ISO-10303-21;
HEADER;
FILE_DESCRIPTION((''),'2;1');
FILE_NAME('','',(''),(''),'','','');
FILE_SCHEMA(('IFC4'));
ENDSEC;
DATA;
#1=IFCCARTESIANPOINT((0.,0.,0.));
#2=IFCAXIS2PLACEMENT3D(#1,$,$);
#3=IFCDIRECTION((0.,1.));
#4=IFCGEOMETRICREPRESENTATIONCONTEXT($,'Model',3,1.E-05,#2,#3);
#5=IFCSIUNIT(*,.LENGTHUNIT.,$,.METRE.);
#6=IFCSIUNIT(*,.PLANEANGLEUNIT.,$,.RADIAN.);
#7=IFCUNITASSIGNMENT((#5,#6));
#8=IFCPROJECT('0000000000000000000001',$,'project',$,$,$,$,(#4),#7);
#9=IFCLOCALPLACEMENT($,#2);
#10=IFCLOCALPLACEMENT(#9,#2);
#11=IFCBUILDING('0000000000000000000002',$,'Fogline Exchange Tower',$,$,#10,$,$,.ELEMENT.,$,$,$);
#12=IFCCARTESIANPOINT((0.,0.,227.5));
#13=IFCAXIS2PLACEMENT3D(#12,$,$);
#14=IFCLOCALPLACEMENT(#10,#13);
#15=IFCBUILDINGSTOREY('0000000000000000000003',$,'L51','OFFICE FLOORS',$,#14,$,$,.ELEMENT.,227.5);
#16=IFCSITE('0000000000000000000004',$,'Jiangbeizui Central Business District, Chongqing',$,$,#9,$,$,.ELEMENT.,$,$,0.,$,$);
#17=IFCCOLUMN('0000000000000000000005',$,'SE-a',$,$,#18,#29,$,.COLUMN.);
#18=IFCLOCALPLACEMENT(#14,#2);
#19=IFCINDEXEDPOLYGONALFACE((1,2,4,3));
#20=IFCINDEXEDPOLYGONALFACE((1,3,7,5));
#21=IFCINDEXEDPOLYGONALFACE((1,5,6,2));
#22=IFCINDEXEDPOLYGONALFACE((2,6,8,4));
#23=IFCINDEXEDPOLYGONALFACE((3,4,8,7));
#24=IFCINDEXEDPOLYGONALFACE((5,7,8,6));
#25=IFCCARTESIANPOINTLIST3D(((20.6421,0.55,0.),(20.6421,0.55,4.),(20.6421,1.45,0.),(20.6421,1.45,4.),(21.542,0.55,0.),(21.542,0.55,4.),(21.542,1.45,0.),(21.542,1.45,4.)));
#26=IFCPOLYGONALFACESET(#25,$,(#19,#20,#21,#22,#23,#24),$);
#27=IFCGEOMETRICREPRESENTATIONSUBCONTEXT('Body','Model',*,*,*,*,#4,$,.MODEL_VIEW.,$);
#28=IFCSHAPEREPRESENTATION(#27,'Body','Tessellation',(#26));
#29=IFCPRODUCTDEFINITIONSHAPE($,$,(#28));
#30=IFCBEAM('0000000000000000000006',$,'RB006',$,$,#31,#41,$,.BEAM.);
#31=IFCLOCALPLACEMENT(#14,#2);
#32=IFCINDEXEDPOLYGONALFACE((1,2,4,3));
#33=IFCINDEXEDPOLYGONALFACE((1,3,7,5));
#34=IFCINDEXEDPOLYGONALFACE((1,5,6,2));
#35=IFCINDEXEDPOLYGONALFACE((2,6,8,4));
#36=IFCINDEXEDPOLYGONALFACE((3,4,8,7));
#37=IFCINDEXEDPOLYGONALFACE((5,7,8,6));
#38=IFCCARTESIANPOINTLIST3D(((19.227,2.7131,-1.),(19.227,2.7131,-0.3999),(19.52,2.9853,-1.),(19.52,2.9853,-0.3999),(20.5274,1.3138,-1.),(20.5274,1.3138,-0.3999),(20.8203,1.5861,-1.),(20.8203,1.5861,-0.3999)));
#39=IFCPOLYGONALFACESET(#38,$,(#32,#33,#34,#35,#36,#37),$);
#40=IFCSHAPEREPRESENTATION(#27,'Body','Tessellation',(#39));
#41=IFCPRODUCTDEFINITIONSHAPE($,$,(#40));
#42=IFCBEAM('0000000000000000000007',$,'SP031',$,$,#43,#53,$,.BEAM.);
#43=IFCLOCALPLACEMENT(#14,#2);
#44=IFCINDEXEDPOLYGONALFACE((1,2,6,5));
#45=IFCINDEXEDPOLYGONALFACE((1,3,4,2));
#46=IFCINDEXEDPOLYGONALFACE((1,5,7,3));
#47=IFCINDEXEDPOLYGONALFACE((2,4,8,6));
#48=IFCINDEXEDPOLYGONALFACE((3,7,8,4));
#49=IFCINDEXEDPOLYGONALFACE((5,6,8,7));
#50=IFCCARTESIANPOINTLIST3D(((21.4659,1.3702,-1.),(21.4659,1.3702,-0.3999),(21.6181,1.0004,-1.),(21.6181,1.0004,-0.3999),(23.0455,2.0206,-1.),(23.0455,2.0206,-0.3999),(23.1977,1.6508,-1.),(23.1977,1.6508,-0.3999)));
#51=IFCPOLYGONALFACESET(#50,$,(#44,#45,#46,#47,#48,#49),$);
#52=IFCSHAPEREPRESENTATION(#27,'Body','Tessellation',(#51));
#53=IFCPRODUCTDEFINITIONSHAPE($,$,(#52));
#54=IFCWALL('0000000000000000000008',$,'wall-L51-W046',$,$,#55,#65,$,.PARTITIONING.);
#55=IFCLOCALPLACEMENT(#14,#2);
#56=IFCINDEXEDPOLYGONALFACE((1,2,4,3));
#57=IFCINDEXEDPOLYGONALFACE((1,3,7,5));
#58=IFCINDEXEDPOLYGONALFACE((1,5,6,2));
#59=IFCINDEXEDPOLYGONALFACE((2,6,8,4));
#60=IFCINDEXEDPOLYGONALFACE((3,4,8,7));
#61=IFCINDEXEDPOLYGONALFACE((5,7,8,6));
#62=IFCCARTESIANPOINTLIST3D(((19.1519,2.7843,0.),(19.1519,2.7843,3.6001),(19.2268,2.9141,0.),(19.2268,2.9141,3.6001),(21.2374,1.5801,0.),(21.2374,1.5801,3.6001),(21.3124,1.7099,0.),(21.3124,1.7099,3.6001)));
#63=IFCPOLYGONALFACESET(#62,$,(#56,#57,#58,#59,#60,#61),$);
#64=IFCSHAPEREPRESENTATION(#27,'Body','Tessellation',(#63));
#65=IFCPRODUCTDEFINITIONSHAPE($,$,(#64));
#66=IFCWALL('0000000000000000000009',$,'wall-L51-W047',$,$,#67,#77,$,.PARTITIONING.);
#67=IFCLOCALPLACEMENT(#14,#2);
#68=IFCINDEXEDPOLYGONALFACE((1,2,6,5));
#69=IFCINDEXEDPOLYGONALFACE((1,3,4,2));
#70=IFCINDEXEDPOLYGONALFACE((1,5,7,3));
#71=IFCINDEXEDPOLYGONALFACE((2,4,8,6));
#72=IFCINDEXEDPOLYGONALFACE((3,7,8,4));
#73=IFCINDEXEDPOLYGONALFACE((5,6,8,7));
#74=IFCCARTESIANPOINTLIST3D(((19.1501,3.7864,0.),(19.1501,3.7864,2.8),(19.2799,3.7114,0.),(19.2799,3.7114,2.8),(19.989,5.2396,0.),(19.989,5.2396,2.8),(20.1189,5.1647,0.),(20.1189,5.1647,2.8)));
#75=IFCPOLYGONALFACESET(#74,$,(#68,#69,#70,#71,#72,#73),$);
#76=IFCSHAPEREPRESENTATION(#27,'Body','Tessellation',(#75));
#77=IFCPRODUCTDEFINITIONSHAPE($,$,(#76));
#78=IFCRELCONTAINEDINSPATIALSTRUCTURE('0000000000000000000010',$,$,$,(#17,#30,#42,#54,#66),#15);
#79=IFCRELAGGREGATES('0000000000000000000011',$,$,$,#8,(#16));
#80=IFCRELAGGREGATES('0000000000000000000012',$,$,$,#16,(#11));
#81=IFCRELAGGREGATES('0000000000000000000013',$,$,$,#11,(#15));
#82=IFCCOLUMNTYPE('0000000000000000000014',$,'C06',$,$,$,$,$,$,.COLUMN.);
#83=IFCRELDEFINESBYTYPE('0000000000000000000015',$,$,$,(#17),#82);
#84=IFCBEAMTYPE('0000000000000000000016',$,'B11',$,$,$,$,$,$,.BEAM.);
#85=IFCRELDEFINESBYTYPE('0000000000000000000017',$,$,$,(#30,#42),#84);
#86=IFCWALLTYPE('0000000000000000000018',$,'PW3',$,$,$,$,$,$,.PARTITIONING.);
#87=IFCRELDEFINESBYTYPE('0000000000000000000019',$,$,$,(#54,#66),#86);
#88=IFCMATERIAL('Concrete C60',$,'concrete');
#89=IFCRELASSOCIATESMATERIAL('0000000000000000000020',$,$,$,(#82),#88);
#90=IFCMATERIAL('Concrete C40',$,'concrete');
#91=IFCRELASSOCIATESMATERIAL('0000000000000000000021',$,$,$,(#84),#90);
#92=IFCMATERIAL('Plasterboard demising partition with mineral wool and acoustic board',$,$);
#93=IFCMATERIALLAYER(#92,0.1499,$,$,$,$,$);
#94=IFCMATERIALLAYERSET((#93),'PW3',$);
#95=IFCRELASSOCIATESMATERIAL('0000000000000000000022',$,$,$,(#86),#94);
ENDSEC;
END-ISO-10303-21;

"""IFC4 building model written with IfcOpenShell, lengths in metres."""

from ifc_helpers import new_model, si_unit, direction, frame, frame_2d, origin, origin_2d, place, context, subcontext, project, spatial, rectangle, extrude, material, layer, layer_set, material_profile, profile_set, type_object, element, save


model = new_model("IFC4")

# Units and contexts
model_context = context("Model", 3, precision=1e-05, world=origin(), true_north=direction((0.0, 1.0)))
body_context = subcontext(model_context, "Body", "Model", "MODEL_VIEW")
ifc_project = project(units=[si_unit("LENGTHUNIT", "METRE"), si_unit("PLANEANGLEUNIT", "RADIAN")], contexts=[model_context])

# Site, building, storey
site_placement = place(None, origin())
site = spatial("IfcSite", under=ifc_project, at=site_placement, Name="Jiangbeizui Central Business District, Chongqing", CompositionType="ELEMENT", RefElevation=0.0)
building_placement = place(site_placement, origin())
building = spatial("IfcBuilding", under=site, at=building_placement, Name="Fogline Exchange Tower", CompositionType="ELEMENT")
storey_placement = place(building_placement, frame((0.0, 0.0, 227.5)))
storey = spatial("IfcBuildingStorey", under=building, at=storey_placement, Name="L51", Description="OFFICE FLOORS", CompositionType="ELEMENT", Elevation=227.5)

# Column
ifc_material_1 = material(Name="Concrete C60", Category="concrete")
ifc_material_profile_1 = material_profile(ifc_material_1, rectangle(XDim=0.8999, YDim=0.8999, at=origin_2d()), Name="RC 900x900")
ifc_profile_set_1 = profile_set([ifc_material_profile_1], Name="Concrete C60")
column_type = type_object("IfcColumnType", Name="C06", PredefinedType="COLUMN", material=ifc_profile_set_1)
column_placement = place(storey_placement, frame((21.092, 1.0, 0.0), z_axis=(0.0, 0.0, 1.0), x_axis=(1.0, 0.0, 0.0)))
element("IfcColumn", 1, at=column_placement, inside=storey, type_object=column_type, Name="SE-a", PredefinedType="COLUMN", context=body_context, shape_type="SweptSolid", body=[
    extrude(rectangle(XDim=0.8999, YDim=0.8999, at=origin_2d()), origin(), (0.0, 0.0, 1.0), 4.0),
])

# Beams
ifc_material_2 = material(Name="Concrete C40", Category="concrete")
ifc_material_profile_2 = material_profile(ifc_material_2, rectangle(XDim=0.3999, YDim=0.6001, at=origin_2d()), Name="RC 400x600")
ifc_profile_set_2 = profile_set([ifc_material_profile_2], Name="Concrete C40")
beam_type = type_object("IfcBeamType", Name="B11", PredefinedType="BEAM", material=ifc_profile_set_2)
beam_1_placement = place(storey_placement, frame((20.6738, 1.45, -0.7), z_axis=(-0.68075, 0.732516, 0.0), x_axis=(-0.732516, -0.68075, 0.0)))
element("IfcBeam", 2, at=beam_1_placement, inside=storey, type_object=beam_type, Name="RB006", PredefinedType="BEAM", context=body_context, shape_type="SweptSolid", body=[
    extrude(rectangle(XDim=0.3999, YDim=0.6001, at=origin_2d()), origin(), (0.0, 0.0, 1.0), 1.9102),
])
beam_2_placement = place(storey_placement, frame((21.542, 1.1853, -0.7), z_axis=(0.924684, 0.380735, 0.0), x_axis=(-0.380735, 0.924684, 0.0)))
element("IfcBeam", 3, at=beam_2_placement, inside=storey, type_object=beam_type, Name="SP031", PredefinedType="BEAM", context=body_context, shape_type="SweptSolid", body=[
    extrude(rectangle(XDim=0.3999, YDim=0.6001, at=origin_2d()), origin(), (0.0, 0.0, 1.0), 1.7083),
])

# Walls
ifc_material_3 = material(Name="Plasterboard demising partition with mineral wool and acoustic board")
ifc_layer_1 = layer(ifc_material_3, 0.1499)
ifc_layer_set_1 = layer_set([ifc_layer_1], Name="PW3")
wall_type_1 = type_object("IfcWallType", Name="PW3", PredefinedType="PARTITIONING", material=ifc_layer_set_1)
wall_1_placement = place(storey_placement, frame((21.2749, 1.645, 0.0), z_axis=(0.0, 0.0, 1.0), x_axis=(-0.866013, 0.500021, 0.0)))
element("IfcWall", 4, at=wall_1_placement, inside=storey, type_object=wall_type_1, Name="wall-L51-W046", PredefinedType="PARTITIONING", context=body_context, shape_type="SweptSolid", body=[
    extrude(rectangle(XDim=2.4082, YDim=0.1499, at=frame_2d((1.2041, 0.0))), origin(), (0.0, 0.0, 1.0), 3.6001),
])
wall_2_placement = place(storey_placement, frame((19.2151, 3.749, 0.0), z_axis=(0.0, 0.0, 1.0), x_axis=(0.499958, 0.86605, 0.0)))
element("IfcWall", 5, at=wall_2_placement, inside=storey, type_object=wall_type_1, Name="wall-L51-W047", PredefinedType="PARTITIONING", context=body_context, shape_type="SweptSolid", body=[
    extrude(rectangle(XDim=1.678, YDim=0.1499, at=frame_2d((0.8389, 0.0))), origin(), (0.0, 0.0, 1.0), 2.8),
])

save(model, "model.ifc")
